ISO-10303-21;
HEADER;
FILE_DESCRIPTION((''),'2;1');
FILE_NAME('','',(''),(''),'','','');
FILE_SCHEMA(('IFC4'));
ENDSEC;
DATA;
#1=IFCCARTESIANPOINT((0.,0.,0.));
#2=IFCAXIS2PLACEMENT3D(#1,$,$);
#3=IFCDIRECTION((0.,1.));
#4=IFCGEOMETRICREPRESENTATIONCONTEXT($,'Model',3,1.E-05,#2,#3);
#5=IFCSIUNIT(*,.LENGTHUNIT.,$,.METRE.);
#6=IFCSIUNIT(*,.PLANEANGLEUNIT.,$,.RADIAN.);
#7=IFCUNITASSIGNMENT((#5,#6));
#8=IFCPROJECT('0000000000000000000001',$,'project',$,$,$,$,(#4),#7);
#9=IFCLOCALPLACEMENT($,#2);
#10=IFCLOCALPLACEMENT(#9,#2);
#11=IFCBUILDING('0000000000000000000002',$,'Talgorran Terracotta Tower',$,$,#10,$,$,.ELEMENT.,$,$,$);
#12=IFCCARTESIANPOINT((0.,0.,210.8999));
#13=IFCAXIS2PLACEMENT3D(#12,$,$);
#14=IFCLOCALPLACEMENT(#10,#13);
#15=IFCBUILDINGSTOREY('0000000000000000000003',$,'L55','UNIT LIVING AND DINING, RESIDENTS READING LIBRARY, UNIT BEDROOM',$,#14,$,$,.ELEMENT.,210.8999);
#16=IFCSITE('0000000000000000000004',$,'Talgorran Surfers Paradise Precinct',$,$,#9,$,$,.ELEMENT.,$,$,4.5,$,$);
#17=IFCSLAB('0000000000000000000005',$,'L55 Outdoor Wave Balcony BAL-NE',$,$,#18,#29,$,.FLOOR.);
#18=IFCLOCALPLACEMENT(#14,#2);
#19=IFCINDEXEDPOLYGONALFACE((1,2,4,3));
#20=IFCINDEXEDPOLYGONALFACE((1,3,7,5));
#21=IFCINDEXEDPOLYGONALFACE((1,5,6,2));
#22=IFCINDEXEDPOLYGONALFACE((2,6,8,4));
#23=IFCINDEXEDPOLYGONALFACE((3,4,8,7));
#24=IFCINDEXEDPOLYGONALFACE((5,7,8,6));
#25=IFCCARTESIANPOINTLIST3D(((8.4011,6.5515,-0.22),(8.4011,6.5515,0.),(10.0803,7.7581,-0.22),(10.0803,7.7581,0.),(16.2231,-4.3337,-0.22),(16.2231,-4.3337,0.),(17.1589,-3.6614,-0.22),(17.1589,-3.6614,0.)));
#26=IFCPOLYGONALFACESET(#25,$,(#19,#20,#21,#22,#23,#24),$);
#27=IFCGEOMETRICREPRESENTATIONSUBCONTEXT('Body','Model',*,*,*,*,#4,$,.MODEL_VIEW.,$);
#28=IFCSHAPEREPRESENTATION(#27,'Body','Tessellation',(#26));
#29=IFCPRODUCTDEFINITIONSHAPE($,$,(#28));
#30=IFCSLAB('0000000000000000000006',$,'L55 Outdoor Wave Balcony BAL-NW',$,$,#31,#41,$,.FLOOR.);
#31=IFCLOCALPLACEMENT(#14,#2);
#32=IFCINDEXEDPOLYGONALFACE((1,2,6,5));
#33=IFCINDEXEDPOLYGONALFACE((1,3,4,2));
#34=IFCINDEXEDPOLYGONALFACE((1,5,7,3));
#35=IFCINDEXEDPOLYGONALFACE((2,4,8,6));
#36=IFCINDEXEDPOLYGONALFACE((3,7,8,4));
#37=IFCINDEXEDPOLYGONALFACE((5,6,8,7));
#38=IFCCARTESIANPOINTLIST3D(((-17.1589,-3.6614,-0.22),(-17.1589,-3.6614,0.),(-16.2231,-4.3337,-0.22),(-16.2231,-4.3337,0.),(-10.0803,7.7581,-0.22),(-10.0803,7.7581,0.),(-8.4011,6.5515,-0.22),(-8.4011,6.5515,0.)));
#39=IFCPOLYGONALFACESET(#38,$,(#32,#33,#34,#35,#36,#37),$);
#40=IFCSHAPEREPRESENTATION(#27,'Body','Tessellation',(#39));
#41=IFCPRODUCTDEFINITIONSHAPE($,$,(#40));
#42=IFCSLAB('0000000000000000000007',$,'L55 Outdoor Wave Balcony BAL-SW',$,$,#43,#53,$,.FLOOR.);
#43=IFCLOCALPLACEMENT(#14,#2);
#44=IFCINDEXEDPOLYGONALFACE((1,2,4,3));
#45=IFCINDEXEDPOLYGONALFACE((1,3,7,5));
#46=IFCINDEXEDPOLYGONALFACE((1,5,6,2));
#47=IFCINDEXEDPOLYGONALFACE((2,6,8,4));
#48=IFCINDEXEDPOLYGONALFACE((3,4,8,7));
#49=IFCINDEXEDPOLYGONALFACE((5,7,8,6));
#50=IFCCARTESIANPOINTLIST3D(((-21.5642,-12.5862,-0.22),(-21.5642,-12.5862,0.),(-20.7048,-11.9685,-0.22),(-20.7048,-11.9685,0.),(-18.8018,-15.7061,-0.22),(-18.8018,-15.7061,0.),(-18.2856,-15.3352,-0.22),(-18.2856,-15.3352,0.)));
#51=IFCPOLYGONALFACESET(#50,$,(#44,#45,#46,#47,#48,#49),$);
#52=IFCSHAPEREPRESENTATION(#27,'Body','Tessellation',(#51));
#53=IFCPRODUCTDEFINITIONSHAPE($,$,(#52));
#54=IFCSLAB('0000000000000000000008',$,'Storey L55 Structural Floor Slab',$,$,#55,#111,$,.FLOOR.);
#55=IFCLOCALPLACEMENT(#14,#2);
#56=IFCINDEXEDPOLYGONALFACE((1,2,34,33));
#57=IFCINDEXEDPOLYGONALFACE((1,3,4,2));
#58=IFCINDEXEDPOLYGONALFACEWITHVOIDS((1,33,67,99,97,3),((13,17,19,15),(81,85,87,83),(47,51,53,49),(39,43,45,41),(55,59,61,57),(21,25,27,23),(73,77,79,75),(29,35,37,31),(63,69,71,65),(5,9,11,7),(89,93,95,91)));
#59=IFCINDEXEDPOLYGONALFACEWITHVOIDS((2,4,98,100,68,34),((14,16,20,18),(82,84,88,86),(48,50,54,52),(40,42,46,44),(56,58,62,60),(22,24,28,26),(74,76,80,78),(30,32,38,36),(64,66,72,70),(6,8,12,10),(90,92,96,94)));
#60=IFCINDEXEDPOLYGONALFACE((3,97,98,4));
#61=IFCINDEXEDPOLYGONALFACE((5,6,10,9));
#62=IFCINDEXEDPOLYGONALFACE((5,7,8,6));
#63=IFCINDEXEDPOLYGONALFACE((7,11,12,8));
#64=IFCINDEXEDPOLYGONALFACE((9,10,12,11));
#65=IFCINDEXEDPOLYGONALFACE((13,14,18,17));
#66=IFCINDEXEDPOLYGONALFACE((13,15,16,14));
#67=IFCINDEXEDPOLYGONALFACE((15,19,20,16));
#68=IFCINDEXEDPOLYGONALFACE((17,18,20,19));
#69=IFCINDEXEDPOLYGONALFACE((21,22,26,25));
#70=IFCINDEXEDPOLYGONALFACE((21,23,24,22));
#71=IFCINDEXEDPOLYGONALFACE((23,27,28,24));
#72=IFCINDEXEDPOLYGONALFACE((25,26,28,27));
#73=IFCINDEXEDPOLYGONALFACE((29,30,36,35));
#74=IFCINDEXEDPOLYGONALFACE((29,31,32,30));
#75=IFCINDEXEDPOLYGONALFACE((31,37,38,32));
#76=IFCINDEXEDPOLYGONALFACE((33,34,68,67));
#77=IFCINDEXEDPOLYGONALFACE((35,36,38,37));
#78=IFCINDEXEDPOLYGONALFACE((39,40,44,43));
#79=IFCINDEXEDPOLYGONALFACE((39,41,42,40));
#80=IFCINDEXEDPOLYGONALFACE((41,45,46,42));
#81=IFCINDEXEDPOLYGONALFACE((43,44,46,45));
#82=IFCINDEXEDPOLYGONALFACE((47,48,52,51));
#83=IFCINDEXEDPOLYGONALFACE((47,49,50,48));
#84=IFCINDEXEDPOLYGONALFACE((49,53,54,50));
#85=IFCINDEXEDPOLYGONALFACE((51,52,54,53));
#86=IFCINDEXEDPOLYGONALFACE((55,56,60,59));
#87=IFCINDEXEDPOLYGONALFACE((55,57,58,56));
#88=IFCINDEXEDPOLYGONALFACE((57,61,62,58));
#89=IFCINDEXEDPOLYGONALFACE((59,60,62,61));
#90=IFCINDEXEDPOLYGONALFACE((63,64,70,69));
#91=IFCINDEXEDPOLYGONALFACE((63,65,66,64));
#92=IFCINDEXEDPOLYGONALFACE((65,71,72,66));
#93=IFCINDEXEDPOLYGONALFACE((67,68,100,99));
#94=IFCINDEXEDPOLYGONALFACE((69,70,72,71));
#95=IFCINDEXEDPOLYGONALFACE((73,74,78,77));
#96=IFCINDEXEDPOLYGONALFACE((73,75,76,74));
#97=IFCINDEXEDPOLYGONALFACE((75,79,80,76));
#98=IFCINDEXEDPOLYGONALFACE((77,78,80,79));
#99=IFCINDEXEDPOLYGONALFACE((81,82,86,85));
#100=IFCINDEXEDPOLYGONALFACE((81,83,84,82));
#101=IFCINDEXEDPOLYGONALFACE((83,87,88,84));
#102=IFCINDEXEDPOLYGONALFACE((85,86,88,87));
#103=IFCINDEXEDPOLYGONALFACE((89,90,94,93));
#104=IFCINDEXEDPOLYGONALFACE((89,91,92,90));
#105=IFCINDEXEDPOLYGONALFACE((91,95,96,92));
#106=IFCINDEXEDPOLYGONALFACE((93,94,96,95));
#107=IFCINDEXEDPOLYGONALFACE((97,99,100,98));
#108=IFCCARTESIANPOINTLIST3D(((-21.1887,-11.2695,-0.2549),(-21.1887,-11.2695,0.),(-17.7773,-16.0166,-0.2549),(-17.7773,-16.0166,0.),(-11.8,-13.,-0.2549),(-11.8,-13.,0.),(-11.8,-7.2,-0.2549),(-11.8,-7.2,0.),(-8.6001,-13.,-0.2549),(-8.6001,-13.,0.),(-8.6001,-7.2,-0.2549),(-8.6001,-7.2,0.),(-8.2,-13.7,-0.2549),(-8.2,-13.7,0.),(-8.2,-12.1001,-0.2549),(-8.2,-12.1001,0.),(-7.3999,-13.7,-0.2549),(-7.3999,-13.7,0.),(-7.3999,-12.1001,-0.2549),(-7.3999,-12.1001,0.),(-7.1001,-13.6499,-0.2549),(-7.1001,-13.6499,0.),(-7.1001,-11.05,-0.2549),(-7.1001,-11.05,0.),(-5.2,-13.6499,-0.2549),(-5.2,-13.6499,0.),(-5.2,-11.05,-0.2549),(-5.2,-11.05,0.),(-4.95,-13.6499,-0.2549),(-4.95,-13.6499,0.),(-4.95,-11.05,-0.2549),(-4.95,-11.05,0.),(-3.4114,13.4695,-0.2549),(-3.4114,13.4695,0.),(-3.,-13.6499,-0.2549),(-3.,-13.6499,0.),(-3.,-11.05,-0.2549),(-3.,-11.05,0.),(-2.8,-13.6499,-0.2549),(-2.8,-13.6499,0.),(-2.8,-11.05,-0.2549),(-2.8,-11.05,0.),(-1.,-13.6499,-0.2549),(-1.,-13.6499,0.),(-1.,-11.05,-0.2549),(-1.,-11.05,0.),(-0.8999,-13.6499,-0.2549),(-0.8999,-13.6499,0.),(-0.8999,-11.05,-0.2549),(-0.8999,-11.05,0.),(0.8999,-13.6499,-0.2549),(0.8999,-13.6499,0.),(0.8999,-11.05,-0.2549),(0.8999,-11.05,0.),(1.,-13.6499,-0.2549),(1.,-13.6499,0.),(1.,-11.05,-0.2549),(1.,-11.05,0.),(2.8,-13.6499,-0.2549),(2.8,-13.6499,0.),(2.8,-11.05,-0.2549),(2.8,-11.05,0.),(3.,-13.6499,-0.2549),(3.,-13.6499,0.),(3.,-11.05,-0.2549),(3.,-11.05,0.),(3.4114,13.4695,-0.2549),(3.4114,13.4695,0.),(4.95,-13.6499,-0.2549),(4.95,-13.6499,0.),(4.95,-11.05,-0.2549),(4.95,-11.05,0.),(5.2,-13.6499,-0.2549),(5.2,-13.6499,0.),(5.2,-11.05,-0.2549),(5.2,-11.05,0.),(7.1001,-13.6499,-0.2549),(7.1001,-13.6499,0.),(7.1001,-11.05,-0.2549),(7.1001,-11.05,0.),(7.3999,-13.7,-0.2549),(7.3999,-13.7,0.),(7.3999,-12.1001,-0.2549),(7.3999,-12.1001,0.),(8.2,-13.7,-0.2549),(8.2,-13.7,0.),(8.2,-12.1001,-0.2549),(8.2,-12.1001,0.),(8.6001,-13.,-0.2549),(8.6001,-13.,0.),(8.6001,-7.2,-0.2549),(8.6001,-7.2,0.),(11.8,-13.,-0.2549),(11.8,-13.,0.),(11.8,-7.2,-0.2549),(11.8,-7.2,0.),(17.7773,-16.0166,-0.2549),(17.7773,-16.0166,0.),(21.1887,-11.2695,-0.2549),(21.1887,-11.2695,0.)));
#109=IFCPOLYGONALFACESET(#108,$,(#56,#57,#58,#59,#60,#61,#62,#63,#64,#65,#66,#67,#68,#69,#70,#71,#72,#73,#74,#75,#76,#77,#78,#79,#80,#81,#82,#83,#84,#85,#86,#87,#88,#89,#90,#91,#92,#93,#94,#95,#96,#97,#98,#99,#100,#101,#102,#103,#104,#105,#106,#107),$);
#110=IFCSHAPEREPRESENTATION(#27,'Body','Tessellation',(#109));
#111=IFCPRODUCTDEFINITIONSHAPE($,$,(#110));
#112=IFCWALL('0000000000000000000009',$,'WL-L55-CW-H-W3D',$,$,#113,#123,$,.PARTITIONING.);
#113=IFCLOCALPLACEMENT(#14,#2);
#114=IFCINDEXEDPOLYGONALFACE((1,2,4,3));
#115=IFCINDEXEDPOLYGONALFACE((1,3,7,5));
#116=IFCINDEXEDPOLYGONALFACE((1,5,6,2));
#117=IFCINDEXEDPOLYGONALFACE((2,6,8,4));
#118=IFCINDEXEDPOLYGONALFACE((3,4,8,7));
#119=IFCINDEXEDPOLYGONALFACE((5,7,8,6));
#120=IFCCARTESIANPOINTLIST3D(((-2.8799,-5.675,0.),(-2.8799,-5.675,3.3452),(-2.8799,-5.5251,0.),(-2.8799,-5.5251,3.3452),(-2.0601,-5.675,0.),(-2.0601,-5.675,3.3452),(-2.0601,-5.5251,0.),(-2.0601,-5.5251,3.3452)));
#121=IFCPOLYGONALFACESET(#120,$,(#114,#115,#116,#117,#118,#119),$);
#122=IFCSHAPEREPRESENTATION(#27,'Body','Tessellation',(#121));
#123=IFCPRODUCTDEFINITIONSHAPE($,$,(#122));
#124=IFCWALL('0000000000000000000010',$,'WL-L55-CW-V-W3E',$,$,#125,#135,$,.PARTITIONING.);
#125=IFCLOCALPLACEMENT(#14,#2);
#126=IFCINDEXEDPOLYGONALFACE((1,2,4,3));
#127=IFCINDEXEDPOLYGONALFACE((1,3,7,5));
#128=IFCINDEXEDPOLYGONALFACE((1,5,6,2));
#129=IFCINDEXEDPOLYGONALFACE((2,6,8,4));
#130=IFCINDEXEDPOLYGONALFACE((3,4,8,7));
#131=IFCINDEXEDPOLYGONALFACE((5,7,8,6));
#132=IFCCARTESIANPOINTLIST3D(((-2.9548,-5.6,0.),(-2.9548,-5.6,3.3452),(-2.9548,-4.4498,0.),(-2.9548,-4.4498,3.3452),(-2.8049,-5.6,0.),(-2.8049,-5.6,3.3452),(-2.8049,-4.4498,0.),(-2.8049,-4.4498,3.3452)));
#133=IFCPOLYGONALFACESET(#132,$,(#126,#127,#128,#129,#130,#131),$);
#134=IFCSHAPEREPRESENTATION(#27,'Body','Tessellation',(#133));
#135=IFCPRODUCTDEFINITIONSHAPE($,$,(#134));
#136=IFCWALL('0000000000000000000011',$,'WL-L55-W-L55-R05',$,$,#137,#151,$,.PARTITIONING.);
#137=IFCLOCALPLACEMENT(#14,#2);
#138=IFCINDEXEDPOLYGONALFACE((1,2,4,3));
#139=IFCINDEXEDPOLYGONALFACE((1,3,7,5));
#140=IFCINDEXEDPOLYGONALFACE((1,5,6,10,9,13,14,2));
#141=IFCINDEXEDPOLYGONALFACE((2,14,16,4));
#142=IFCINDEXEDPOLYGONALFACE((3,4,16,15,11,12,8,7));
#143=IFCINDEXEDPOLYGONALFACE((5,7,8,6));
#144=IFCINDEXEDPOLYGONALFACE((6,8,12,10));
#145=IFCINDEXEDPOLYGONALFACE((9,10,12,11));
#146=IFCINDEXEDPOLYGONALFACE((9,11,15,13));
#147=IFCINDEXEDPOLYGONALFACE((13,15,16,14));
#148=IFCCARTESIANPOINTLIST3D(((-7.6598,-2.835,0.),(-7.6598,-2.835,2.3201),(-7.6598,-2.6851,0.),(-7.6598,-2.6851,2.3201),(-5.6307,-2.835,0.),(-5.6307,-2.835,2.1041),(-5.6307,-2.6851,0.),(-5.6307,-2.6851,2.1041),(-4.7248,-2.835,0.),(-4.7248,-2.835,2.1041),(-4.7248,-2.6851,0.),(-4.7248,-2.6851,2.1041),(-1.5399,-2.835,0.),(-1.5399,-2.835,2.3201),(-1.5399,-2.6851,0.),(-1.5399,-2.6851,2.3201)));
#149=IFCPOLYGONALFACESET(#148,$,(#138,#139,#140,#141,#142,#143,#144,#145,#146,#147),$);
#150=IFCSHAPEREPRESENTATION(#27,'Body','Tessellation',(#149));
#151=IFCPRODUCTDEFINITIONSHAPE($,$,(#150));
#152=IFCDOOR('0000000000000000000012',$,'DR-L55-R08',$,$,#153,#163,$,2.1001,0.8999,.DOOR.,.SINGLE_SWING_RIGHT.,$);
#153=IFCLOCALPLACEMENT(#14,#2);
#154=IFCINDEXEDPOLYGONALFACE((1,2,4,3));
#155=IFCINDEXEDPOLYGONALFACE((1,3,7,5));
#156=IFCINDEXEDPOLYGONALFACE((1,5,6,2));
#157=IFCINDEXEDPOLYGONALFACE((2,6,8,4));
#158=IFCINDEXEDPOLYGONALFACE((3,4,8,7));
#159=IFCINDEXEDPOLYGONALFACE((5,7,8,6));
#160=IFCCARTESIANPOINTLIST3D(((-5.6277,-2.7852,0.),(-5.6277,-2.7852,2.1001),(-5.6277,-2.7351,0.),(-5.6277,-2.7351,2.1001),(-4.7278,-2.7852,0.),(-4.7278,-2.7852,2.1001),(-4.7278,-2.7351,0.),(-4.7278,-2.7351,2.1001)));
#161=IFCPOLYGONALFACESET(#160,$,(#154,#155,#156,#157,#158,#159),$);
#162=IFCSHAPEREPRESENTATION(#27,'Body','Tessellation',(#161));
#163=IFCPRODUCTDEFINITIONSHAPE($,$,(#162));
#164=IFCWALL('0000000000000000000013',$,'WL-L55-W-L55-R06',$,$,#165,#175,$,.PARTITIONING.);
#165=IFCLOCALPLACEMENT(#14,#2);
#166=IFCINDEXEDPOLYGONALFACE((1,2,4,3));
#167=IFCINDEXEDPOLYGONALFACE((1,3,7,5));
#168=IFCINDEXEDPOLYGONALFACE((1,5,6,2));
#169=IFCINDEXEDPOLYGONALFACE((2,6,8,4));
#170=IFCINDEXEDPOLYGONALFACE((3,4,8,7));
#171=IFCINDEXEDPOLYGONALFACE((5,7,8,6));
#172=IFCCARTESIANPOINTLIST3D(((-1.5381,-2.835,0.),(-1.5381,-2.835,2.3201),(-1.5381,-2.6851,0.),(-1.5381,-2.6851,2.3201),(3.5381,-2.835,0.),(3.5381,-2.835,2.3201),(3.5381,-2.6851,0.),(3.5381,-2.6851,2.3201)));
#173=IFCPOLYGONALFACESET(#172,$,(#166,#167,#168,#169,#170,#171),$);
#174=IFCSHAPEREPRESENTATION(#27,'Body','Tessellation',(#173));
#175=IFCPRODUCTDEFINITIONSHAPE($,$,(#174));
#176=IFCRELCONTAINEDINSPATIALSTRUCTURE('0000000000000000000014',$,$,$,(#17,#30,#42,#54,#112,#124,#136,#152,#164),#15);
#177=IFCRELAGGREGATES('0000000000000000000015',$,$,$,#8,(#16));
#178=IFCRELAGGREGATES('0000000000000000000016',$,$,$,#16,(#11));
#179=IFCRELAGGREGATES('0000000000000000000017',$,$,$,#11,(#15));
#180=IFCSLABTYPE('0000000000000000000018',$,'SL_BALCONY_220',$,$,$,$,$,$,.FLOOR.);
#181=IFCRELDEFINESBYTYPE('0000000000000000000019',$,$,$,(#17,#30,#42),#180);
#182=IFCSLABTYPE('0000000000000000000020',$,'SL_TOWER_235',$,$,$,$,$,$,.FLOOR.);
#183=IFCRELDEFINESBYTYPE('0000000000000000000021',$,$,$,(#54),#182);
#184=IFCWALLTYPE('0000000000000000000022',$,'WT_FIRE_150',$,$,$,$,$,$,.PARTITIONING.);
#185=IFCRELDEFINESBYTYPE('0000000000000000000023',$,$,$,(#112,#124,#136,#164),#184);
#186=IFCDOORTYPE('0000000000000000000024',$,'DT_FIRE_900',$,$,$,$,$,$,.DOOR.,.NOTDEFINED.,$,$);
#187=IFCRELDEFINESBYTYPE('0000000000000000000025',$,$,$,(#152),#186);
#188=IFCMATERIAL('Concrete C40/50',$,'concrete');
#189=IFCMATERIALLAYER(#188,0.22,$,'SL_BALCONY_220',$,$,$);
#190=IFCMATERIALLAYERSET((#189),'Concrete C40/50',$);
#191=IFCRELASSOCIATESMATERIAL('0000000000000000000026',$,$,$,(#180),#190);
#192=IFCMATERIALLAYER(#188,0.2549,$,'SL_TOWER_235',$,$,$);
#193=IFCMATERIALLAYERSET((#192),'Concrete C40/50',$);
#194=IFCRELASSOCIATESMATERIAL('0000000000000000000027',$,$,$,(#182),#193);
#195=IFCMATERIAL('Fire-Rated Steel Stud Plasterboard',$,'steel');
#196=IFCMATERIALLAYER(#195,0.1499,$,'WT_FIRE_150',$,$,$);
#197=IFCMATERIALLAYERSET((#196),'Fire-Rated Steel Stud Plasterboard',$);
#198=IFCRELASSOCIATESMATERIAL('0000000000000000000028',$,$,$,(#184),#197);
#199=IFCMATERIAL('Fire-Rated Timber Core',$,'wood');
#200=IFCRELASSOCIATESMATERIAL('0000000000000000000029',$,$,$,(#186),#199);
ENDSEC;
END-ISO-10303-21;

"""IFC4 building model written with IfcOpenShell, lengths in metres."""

from ifc_helpers import new_model, si_unit, direction, frame, frame_2d, origin, place, context, subcontext, project, spatial, polyline, rectangle, outline, extrude, material, layer, layer_set, type_object, element, fill, save


model = new_model("IFC4")

# Units and contexts
model_context = context("Model", 3, precision=1e-05, world=origin(), true_north=direction((0.0, 1.0)))
body_context = subcontext(model_context, "Body", "Model", "MODEL_VIEW")
ifc_project = project(units=[si_unit("LENGTHUNIT", "METRE"), si_unit("PLANEANGLEUNIT", "RADIAN")], contexts=[model_context])

# Site, building, storey
site_placement = place(None, origin())
site = spatial("IfcSite", under=ifc_project, at=site_placement, Name="Talgorran Surfers Paradise Precinct", CompositionType="ELEMENT", RefElevation=4.5)
building_placement = place(site_placement, origin())
building = spatial("IfcBuilding", under=site, at=building_placement, Name="Talgorran Terracotta Tower", CompositionType="ELEMENT")
storey_placement = place(building_placement, frame((0.0, 0.0, 210.8999)))
storey = spatial("IfcBuildingStorey", under=building, at=storey_placement, Name="L55", Description="UNIT LIVING AND DINING, RESIDENTS READING LIBRARY, UNIT BEDROOM", CompositionType="ELEMENT", Elevation=210.8999)

# Slabs
ifc_material_1 = material(Name="Concrete C40/50", Category="concrete")
ifc_layer_1 = layer(ifc_material_1, 0.22, Name="SL_BALCONY_220")
ifc_layer_set_1 = layer_set([ifc_layer_1], Name="Concrete C40/50")
slab_type_1 = type_object("IfcSlabType", Name="SL_BALCONY_220", PredefinedType="FLOOR", material=ifc_layer_set_1)
slab_1_placement = place(storey_placement, frame((0.0, 0.0, -0.22)))
element("IfcSlab", 1, at=slab_1_placement, inside=storey, type_object=slab_type_1, Name="L55 Outdoor Wave Balcony BAL-NE", PredefinedType="FLOOR", context=body_context, shape_type="SweptSolid", body=[
    extrude(outline(polyline([(8.4011, 6.5515), (16.2231, -4.3337), (17.1589, -3.6614), (10.0803, 7.7581), (8.4011, 6.5515)])), origin(), (0.0, 0.0, 1.0), 0.22),
])
slab_2_placement = place(storey_placement, frame((0.0, 0.0, -0.22)))
element("IfcSlab", 2, at=slab_2_placement, inside=storey, type_object=slab_type_1, Name="L55 Outdoor Wave Balcony BAL-NW", PredefinedType="FLOOR", context=body_context, shape_type="SweptSolid", body=[
    extrude(outline(polyline([(-16.2231, -4.3337), (-8.4011, 6.5515), (-10.0803, 7.7581), (-17.1589, -3.6614), (-16.2231, -4.3337)])), origin(), (0.0, 0.0, 1.0), 0.22),
])
slab_3_placement = place(storey_placement, frame((0.0, 0.0, -0.22)))
element("IfcSlab", 3, at=slab_3_placement, inside=storey, type_object=slab_type_1, Name="L55 Outdoor Wave Balcony BAL-SW", PredefinedType="FLOOR", context=body_context, shape_type="SweptSolid", body=[
    extrude(outline(polyline([(-18.2856, -15.3352), (-20.7048, -11.9685), (-21.5642, -12.5862), (-18.8018, -15.7061), (-18.2856, -15.3352)])), origin(), (0.0, 0.0, 1.0), 0.22),
])
ifc_layer_2 = layer(ifc_material_1, 0.2549, Name="SL_TOWER_235")
ifc_layer_set_2 = layer_set([ifc_layer_2], Name="Concrete C40/50")
slab_type_2 = type_object("IfcSlabType", Name="SL_TOWER_235", PredefinedType="FLOOR", material=ifc_layer_set_2)
slab_4_placement = place(storey_placement, frame((0.0, 0.0, -0.2549)))
element("IfcSlab", 4, at=slab_4_placement, inside=storey, type_object=slab_type_2, Name="Storey L55 Structural Floor Slab", PredefinedType="FLOOR", context=body_context, shape_type="SweptSolid", body=[
    extrude(outline(polyline([(-21.1887, -11.2695), (-17.7773, -16.0166), (17.7773, -16.0166), (21.1887, -11.2695), (3.4114, 13.4695), (-3.4114, 13.4695), (-21.1887, -11.2695)]), holes=[polyline([(-11.8, -7.2), (-11.8, -13.0), (-8.6001, -13.0), (-8.6001, -7.2), (-11.8, -7.2)]), polyline([(8.6001, -7.2), (8.6001, -13.0), (11.8, -13.0), (11.8, -7.2), (8.6001, -7.2)]), polyline([(-7.1001, -13.6499), (-5.2, -13.6499), (-5.2, -11.05), (-7.1001, -11.05), (-7.1001, -13.6499)]), polyline([(5.2, -13.6499), (7.1001, -13.6499), (7.1001, -11.05), (5.2, -11.05), (5.2, -13.6499)]), polyline([(3.0, -13.6499), (4.95, -13.6499), (4.95, -11.05), (3.0, -11.05), (3.0, -13.6499)]), polyline([(-4.95, -13.6499), (-3.0, -13.6499), (-3.0, -11.05), (-4.95, -11.05), (-4.95, -13.6499)]), polyline([(-2.8, -13.6499), (-1.0, -13.6499), (-1.0, -11.05), (-2.8, -11.05), (-2.8, -13.6499)]), polyline([(-0.8999, -13.6499), (0.8999, -13.6499), (0.8999, -11.05), (-0.8999, -11.05), (-0.8999, -13.6499)]), polyline([(1.0, -13.6499), (2.8, -13.6499), (2.8, -11.05), (1.0, -11.05), (1.0, -13.6499)]), polyline([(-8.2, -13.7), (-7.3999, -13.7), (-7.3999, -12.1001), (-8.2, -12.1001), (-8.2, -13.7)]), polyline([(7.3999, -13.7), (8.2, -13.7), (8.2, -12.1001), (7.3999, -12.1001), (7.3999, -13.7)])]), origin(), (0.0, 0.0, 1.0), 0.2549),
])

# Walls
ifc_material_2 = material(Name="Fire-Rated Steel Stud Plasterboard", Category="steel")
ifc_layer_3 = layer(ifc_material_2, 0.1499, Name="WT_FIRE_150")
ifc_layer_set_3 = layer_set([ifc_layer_3], Name="Fire-Rated Steel Stud Plasterboard")
wall_type_1 = type_object("IfcWallType", Name="WT_FIRE_150", PredefinedType="PARTITIONING", material=ifc_layer_set_3)
wall_1_placement = place(storey_placement, frame((-2.8799, -5.6001, 0.0), z_axis=(0.0, 0.0, 1.0), x_axis=(1.0, 0.0, 0.0)))
element("IfcWall", 5, at=wall_1_placement, inside=storey, type_object=wall_type_1, Name="WL-L55-CW-H-W3D", PredefinedType="PARTITIONING", context=body_context, shape_type="SweptSolid", body=[
    extrude(rectangle(XDim=0.8198, YDim=0.1499, at=frame_2d((0.4099, 0.0))), origin(), (0.0, 0.0, 1.0), 3.3452),
])
wall_2_placement = place(storey_placement, frame((-2.8799, -5.6001, 0.0), z_axis=(0.0, 0.0, 1.0), x_axis=(0.0, 1.0, 0.0)))
element("IfcWall", 6, at=wall_2_placement, inside=storey, type_object=wall_type_1, Name="WL-L55-CW-V-W3E", PredefinedType="PARTITIONING", context=body_context, shape_type="SweptSolid", body=[
    extrude(rectangle(XDim=1.1501, YDim=0.1499, at=frame_2d((0.5752, 0.0))), origin(), (0.0, 0.0, 1.0), 3.3452),
])

# Wall, opening, door
wall_3_placement = place(storey_placement, frame((-7.6599, -2.76, 0.0), z_axis=(0.0, 0.0, 1.0), x_axis=(1.0, 0.0, 0.0)))
wall_3 = element("IfcWall", 7, at=wall_3_placement, inside=storey, type_object=wall_type_1, Name="WL-L55-W-L55-R05", PredefinedType="PARTITIONING", context=body_context, shape_type="SweptSolid", body=[
    extrude(rectangle(XDim=6.1199, YDim=0.1499, at=frame_2d((3.0601, 0.0))), origin(), (0.0, 0.0, 1.0), 2.3201),
])
opening_1_placement = place(wall_3_placement, frame((2.0322, 0.0, 0.0)))
opening_1 = element("IfcOpeningElement", 8, at=opening_1_placement, cuts=wall_3, PredefinedType="OPENING", context=body_context, shape_type="SweptSolid", body=[
    extrude(rectangle(XDim=0.9059, YDim=2.1041, at=frame_2d((0.45, 1.052))), frame((0.0, 0.085, 0.0), z_axis=(0.0, -1.0, 0.0), x_axis=(1.0, 0.0, 0.0)), (0.0, 0.0, 1.0), 0.1699),
])
ifc_material_3 = material(Name="Fire-Rated Timber Core", Category="wood")
door_type_1 = type_object("IfcDoorType", Name="DT_FIRE_900", OperationType="NOTDEFINED", PredefinedType="DOOR", material=ifc_material_3)
door_1_placement = place(opening_1_placement, origin())
door_1 = element("IfcDoor", 9, at=door_1_placement, inside=storey, type_object=door_type_1, Name="DR-L55-R08", OperationType="SINGLE_SWING_RIGHT", OverallHeight=2.1001, OverallWidth=0.8999, PredefinedType="DOOR", context=body_context, shape_type="SweptSolid", body=[
    extrude(rectangle(XDim=0.8999, YDim=2.1001, at=frame_2d((0.45, 1.05))), frame((0.0, 0.0249, 0.0), z_axis=(0.0, -1.0, 0.0), x_axis=(1.0, 0.0, 0.0)), (0.0, 0.0, 1.0), 0.05),
])
fill(opening_1, door_1)

# Wall
wall_4_placement = place(storey_placement, frame((-1.5381, -2.76, 0.0), z_axis=(0.0, 0.0, 1.0), x_axis=(1.0, 0.0, 0.0)))
element("IfcWall", 10, at=wall_4_placement, inside=storey, type_object=wall_type_1, Name="WL-L55-W-L55-R06", PredefinedType="PARTITIONING", context=body_context, shape_type="SweptSolid", body=[
    extrude(rectangle(XDim=5.0762, YDim=0.1499, at=frame_2d((2.5381, 0.0))), origin(), (0.0, 0.0, 1.0), 2.3201),
])

save(model, "model.ifc")
